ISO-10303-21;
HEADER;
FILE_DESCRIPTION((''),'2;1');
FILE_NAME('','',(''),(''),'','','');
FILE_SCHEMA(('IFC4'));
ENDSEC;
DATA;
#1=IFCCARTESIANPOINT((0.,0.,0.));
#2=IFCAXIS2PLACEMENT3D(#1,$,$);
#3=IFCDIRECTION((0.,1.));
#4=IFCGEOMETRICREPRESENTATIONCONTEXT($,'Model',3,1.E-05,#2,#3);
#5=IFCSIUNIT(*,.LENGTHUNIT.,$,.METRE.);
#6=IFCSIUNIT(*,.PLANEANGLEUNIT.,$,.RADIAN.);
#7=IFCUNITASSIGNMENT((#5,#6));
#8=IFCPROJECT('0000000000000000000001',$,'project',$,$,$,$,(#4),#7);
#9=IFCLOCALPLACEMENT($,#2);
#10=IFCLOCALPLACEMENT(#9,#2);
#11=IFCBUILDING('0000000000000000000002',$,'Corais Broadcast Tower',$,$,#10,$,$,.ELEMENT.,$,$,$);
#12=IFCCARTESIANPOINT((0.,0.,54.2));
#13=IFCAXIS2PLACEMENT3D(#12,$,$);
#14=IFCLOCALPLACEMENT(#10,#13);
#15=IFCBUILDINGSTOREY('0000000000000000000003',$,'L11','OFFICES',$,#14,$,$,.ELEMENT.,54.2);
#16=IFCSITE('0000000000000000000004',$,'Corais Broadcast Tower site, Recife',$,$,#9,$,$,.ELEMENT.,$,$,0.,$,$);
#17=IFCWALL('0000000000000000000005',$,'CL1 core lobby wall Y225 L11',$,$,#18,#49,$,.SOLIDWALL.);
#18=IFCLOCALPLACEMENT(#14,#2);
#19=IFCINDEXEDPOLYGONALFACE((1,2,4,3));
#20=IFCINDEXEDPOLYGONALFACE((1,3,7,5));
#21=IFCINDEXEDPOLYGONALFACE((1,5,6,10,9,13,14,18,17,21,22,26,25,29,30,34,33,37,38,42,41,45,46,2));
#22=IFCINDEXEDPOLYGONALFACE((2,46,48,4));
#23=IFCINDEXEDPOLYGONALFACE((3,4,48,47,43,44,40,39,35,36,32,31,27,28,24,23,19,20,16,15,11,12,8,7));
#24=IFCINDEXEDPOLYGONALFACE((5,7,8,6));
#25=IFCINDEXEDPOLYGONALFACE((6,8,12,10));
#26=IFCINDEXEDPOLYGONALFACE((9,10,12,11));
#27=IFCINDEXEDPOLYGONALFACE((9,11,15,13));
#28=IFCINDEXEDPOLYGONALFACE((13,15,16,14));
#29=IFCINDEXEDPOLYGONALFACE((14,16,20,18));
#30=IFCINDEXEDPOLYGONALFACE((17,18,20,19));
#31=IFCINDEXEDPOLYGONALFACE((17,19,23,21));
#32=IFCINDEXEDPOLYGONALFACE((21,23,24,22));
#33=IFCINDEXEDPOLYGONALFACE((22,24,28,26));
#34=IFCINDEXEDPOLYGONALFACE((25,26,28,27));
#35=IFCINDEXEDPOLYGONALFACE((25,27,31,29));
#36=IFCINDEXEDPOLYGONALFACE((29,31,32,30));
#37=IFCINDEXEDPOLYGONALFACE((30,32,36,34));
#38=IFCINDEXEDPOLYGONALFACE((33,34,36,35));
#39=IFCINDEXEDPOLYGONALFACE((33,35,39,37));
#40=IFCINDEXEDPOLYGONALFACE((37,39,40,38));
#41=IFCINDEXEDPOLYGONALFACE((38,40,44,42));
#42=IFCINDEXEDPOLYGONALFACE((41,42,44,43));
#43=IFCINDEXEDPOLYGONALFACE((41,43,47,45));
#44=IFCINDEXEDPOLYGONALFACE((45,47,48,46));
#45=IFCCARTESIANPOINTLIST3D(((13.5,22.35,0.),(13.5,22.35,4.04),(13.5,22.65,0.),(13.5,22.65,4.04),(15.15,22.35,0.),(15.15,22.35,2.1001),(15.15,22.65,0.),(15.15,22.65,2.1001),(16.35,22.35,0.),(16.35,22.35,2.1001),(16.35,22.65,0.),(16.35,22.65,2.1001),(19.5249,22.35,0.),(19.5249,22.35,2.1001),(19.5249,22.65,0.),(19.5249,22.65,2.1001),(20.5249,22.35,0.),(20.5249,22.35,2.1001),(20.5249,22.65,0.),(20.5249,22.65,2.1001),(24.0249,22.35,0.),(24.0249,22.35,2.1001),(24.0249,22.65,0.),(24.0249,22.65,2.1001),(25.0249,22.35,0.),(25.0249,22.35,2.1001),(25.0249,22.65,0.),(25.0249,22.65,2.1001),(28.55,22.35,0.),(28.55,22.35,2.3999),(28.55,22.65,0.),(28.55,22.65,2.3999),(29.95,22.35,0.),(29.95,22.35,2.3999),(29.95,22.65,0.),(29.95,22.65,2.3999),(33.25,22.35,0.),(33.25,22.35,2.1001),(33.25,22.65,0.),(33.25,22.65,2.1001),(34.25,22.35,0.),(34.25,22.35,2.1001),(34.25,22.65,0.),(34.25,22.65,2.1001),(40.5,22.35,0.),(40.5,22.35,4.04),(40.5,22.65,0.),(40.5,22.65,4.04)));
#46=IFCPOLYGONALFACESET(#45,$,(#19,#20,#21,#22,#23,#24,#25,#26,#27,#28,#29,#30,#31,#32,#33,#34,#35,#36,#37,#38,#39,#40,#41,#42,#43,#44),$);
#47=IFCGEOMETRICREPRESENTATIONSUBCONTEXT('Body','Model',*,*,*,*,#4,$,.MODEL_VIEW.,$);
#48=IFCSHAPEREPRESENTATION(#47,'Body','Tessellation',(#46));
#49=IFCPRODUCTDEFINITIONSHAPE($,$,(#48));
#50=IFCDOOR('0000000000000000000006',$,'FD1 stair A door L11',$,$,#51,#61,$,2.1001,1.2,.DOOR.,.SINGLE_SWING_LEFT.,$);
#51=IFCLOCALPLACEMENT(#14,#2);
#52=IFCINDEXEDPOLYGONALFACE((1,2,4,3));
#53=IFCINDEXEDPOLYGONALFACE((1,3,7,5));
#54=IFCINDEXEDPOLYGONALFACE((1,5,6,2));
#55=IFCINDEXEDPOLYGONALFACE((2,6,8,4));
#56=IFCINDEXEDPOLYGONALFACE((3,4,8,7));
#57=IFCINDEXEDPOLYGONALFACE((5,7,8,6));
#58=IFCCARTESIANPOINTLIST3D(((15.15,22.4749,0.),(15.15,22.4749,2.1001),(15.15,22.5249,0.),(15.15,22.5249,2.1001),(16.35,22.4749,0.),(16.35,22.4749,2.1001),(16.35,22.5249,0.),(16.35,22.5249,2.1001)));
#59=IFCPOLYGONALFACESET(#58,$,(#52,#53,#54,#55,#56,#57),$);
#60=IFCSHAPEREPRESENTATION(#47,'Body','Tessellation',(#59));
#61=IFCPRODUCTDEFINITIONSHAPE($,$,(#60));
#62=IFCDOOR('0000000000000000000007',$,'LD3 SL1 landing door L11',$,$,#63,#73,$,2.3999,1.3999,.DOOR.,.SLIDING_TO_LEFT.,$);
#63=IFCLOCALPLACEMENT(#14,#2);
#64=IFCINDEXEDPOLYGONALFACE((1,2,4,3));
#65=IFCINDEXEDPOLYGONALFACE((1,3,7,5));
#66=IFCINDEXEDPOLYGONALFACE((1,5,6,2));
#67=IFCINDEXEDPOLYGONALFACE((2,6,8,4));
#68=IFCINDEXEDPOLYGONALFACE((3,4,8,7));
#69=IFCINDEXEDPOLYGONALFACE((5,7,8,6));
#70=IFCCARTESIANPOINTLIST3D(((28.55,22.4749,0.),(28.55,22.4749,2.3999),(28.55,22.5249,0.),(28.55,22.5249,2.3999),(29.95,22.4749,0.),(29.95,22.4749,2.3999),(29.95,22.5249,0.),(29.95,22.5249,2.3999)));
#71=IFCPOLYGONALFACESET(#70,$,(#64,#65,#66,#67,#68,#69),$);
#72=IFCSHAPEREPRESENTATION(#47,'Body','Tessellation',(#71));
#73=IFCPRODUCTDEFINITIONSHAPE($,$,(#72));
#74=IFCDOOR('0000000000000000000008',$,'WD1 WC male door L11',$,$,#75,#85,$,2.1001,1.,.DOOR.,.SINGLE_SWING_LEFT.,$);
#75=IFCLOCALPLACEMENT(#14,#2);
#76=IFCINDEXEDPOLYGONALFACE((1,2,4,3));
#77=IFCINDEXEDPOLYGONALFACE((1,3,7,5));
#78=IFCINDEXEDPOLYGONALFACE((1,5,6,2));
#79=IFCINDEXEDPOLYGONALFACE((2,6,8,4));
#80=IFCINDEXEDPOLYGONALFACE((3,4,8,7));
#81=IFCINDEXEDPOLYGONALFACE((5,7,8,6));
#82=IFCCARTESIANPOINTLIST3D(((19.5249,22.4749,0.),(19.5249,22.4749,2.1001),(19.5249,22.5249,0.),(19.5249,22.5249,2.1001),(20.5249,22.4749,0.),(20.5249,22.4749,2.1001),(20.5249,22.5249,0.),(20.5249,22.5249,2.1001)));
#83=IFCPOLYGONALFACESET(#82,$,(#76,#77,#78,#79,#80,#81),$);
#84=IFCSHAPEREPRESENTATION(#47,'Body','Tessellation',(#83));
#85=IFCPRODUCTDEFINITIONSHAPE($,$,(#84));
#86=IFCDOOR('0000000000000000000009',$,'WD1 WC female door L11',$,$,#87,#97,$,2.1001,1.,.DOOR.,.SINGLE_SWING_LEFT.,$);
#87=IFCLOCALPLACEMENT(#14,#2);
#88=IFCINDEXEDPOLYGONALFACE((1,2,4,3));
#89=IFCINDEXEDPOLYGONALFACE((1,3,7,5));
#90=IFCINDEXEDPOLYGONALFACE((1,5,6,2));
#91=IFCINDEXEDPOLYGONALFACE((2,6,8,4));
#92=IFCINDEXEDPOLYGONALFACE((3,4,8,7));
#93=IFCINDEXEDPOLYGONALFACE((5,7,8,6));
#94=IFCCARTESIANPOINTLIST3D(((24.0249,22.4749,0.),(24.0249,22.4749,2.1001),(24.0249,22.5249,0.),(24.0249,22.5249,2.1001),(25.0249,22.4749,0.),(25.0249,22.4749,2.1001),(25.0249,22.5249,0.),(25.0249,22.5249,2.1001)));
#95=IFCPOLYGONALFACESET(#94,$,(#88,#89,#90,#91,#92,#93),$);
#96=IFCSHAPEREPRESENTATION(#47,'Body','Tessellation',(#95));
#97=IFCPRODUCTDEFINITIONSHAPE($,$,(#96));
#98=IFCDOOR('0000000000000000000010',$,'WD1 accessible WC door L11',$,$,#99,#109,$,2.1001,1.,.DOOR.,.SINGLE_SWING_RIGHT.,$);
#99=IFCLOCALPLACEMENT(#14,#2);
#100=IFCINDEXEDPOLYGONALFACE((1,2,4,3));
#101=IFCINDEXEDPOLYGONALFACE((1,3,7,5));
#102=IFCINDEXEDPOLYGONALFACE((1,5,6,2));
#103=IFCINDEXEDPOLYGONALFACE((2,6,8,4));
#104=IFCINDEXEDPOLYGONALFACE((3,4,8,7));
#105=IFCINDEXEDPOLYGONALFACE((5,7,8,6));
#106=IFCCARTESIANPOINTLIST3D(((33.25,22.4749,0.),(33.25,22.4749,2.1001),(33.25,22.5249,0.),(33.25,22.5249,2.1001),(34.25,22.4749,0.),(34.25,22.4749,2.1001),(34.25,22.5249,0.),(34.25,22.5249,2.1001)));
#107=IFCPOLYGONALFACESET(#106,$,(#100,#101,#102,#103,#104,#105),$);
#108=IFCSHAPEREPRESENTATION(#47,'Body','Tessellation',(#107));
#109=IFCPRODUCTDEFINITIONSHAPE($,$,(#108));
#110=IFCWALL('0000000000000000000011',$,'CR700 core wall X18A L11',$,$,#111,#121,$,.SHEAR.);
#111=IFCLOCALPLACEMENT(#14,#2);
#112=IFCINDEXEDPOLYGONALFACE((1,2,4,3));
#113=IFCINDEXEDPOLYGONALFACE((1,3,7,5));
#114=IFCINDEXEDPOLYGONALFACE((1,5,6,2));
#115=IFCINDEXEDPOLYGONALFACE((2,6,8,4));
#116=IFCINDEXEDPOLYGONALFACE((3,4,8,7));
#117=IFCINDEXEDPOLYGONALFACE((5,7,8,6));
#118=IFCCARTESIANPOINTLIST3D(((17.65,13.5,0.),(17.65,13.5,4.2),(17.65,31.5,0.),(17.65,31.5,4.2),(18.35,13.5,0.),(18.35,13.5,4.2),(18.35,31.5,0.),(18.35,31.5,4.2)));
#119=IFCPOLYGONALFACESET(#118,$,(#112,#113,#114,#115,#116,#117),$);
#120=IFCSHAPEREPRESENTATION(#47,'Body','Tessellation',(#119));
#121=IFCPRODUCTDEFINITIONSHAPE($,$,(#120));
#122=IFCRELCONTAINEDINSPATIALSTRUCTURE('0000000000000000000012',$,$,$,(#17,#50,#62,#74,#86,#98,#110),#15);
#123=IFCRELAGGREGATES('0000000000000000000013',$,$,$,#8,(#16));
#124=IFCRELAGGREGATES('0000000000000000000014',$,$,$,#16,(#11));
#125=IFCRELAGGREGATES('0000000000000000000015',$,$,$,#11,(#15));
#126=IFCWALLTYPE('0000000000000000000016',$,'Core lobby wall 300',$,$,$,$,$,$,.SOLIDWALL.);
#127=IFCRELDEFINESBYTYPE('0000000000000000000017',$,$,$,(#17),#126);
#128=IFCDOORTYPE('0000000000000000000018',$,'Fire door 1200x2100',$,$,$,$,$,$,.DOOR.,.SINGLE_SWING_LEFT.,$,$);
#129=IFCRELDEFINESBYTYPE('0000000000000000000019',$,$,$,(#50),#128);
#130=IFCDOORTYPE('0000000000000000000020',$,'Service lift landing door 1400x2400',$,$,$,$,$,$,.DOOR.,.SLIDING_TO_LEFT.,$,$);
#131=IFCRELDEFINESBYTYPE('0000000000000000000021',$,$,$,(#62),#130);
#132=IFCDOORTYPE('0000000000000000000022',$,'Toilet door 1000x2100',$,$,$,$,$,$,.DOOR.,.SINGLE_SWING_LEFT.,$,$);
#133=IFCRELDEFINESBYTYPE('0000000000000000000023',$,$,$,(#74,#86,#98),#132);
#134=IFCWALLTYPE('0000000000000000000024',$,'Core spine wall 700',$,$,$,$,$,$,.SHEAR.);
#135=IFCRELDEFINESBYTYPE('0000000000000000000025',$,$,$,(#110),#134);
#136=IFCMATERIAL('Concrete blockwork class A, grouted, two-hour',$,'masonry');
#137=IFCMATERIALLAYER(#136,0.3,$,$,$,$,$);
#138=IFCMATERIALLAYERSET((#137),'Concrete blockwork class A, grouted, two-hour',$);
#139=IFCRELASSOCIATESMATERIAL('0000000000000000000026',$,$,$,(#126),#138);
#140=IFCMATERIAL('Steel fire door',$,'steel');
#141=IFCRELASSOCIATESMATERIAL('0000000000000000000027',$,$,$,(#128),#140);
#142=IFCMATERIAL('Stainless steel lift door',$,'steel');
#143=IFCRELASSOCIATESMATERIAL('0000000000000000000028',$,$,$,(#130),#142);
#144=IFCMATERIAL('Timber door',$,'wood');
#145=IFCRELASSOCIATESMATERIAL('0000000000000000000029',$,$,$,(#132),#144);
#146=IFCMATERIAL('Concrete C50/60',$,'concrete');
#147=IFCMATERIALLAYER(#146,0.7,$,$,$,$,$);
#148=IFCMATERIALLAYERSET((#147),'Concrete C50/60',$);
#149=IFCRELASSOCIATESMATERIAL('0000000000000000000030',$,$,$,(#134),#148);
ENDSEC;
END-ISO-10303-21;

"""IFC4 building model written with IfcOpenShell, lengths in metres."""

from ifc_helpers import new_model, si_unit, direction, frame, frame_2d, origin, place, context, subcontext, project, spatial, rectangle, extrude, material, layer, layer_set, type_object, element, fill, save


model = new_model("IFC4")

# Units and contexts
model_context = context("Model", 3, precision=1e-05, world=origin(), true_north=direction((0.0, 1.0)))
body_context = subcontext(model_context, "Body", "Model", "MODEL_VIEW")
ifc_project = project(units=[si_unit("LENGTHUNIT", "METRE"), si_unit("PLANEANGLEUNIT", "RADIAN")], contexts=[model_context])

# Site, building, storey
site_placement = place(None, origin())
site = spatial("IfcSite", under=ifc_project, at=site_placement, Name="Corais Broadcast Tower site, Recife", CompositionType="ELEMENT", RefElevation=0.0)
building_placement = place(site_placement, origin())
building = spatial("IfcBuilding", under=site, at=building_placement, Name="Corais Broadcast Tower", CompositionType="ELEMENT")
storey_placement = place(building_placement, frame((0.0, 0.0, 54.2)))
storey = spatial("IfcBuildingStorey", under=building, at=storey_placement, Name="L11", Description="OFFICES", CompositionType="ELEMENT", Elevation=54.2)

# Wall, openings, doors
ifc_material_1 = material(Name="Concrete blockwork class A, grouted, two-hour", Category="masonry")
ifc_layer_1 = layer(ifc_material_1, 0.3)
ifc_layer_set_1 = layer_set([ifc_layer_1], Name="Concrete blockwork class A, grouted, two-hour")
wall_type_1 = type_object("IfcWallType", Name="Core lobby wall 300", PredefinedType="SOLIDWALL", material=ifc_layer_set_1)
wall_1_placement = place(storey_placement, frame((13.5, 22.5, 0.0), z_axis=(0.0, 0.0, 1.0), x_axis=(1.0, 0.0, 0.0)))
wall_1 = element("IfcWall", 1, at=wall_1_placement, inside=storey, type_object=wall_type_1, Name="CL1 core lobby wall Y225 L11", PredefinedType="SOLIDWALL", context=body_context, shape_type="SweptSolid", body=[
    extrude(rectangle(XDim=27.0, YDim=0.3, at=frame_2d((13.5, 0.0))), origin(), (0.0, 0.0, 1.0), 4.04),
])
opening_1_placement = place(wall_1_placement, frame((1.6499, 0.0, 0.0)))
opening_1 = element("IfcOpeningElement", 2, at=opening_1_placement, cuts=wall_1, PredefinedType="OPENING", context=body_context, shape_type="SweptSolid", body=[
    extrude(rectangle(XDim=1.2, YDim=2.1001, at=frame_2d((0.6001, 1.05))), frame((0.0, 0.1599, 0.0), z_axis=(0.0, -1.0, 0.0), x_axis=(1.0, 0.0, 0.0)), (0.0, 0.0, 1.0), 0.3201),
])
opening_2_placement = place(wall_1_placement, frame((6.0249, 0.0, 0.0)))
opening_2 = element("IfcOpeningElement", 3, at=opening_2_placement, cuts=wall_1, PredefinedType="OPENING", context=body_context, shape_type="SweptSolid", body=[
    extrude(rectangle(XDim=1.0, YDim=2.1001, at=frame_2d((0.5, 1.05))), frame((0.0, 0.1599, 0.0), z_axis=(0.0, -1.0, 0.0), x_axis=(1.0, 0.0, 0.0)), (0.0, 0.0, 1.0), 0.3201),
])
opening_3_placement = place(wall_1_placement, frame((10.5249, 0.0, 0.0)))
opening_3 = element("IfcOpeningElement", 4, at=opening_3_placement, cuts=wall_1, PredefinedType="OPENING", context=body_context, shape_type="SweptSolid", body=[
    extrude(rectangle(XDim=1.0, YDim=2.1001, at=frame_2d((0.5, 1.05))), frame((0.0, 0.1599, 0.0), z_axis=(0.0, -1.0, 0.0), x_axis=(1.0, 0.0, 0.0)), (0.0, 0.0, 1.0), 0.3201),
])
opening_4_placement = place(wall_1_placement, frame((19.75, 0.0, 0.0)))
opening_4 = element("IfcOpeningElement", 5, at=opening_4_placement, cuts=wall_1, PredefinedType="OPENING", context=body_context, shape_type="SweptSolid", body=[
    extrude(rectangle(XDim=1.0, YDim=2.1001, at=frame_2d((0.5, 1.05))), frame((0.0, 0.1599, 0.0), z_axis=(0.0, -1.0, 0.0), x_axis=(1.0, 0.0, 0.0)), (0.0, 0.0, 1.0), 0.3201),
])
opening_5_placement = place(wall_1_placement, frame((15.05, 0.0, 0.0)))
opening_5 = element("IfcOpeningElement", 6, at=opening_5_placement, cuts=wall_1, PredefinedType="OPENING", context=body_context, shape_type="SweptSolid", body=[
    extrude(rectangle(XDim=1.3999, YDim=2.3999, at=frame_2d((0.7, 1.2))), frame((0.0, 0.1599, 0.0), z_axis=(0.0, -1.0, 0.0), x_axis=(1.0, 0.0, 0.0)), (0.0, 0.0, 1.0), 0.3201),
])
ifc_material_2 = material(Name="Steel fire door", Category="steel")
door_type_1 = type_object("IfcDoorType", Name="Fire door 1200x2100", OperationType="SINGLE_SWING_LEFT", PredefinedType="DOOR", material=ifc_material_2)
door_1_placement = place(opening_1_placement, origin())
door_1 = element("IfcDoor", 7, at=door_1_placement, inside=storey, type_object=door_type_1, Name="FD1 stair A door L11", OperationType="SINGLE_SWING_LEFT", OverallHeight=2.1001, OverallWidth=1.2, PredefinedType="DOOR", context=body_context, shape_type="SweptSolid", body=[
    extrude(rectangle(XDim=1.2, YDim=2.1001, at=frame_2d((0.6001, 1.05))), frame((0.0, 0.0249, 0.0), z_axis=(0.0, -1.0, 0.0), x_axis=(1.0, 0.0, 0.0)), (0.0, 0.0, 1.0), 0.05),
])
fill(opening_1, door_1)
ifc_material_3 = material(Name="Stainless steel lift door", Category="steel")
door_type_2 = type_object("IfcDoorType", Name="Service lift landing door 1400x2400", OperationType="SLIDING_TO_LEFT", PredefinedType="DOOR", material=ifc_material_3)
door_2_placement = place(opening_5_placement, origin())
door_2 = element("IfcDoor", 8, at=door_2_placement, inside=storey, type_object=door_type_2, Name="LD3 SL1 landing door L11", OperationType="SLIDING_TO_LEFT", OverallHeight=2.3999, OverallWidth=1.3999, PredefinedType="DOOR", context=body_context, shape_type="SweptSolid", body=[
    extrude(rectangle(XDim=1.3999, YDim=2.3999, at=frame_2d((0.7, 1.2))), frame((0.0, 0.0249, 0.0), z_axis=(0.0, -1.0, 0.0), x_axis=(1.0, 0.0, 0.0)), (0.0, 0.0, 1.0), 0.05),
])
fill(opening_5, door_2)
ifc_material_4 = material(Name="Timber door", Category="wood")
door_type_3 = type_object("IfcDoorType", Name="Toilet door 1000x2100", OperationType="SINGLE_SWING_LEFT", PredefinedType="DOOR", material=ifc_material_4)
door_3_placement = place(opening_2_placement, origin())
door_3 = element("IfcDoor", 9, at=door_3_placement, inside=storey, type_object=door_type_3, Name="WD1 WC male door L11", OperationType="SINGLE_SWING_LEFT", OverallHeight=2.1001, OverallWidth=1.0, PredefinedType="DOOR", context=body_context, shape_type="SweptSolid", body=[
    extrude(rectangle(XDim=1.0, YDim=2.1001, at=frame_2d((0.5, 1.05))), frame((0.0, 0.0249, 0.0), z_axis=(0.0, -1.0, 0.0), x_axis=(1.0, 0.0, 0.0)), (0.0, 0.0, 1.0), 0.05),
])
fill(opening_2, door_3)
door_4_placement = place(opening_3_placement, origin())
door_4 = element("IfcDoor", 10, at=door_4_placement, inside=storey, type_object=door_type_3, Name="WD1 WC female door L11", OperationType="SINGLE_SWING_LEFT", OverallHeight=2.1001, OverallWidth=1.0, PredefinedType="DOOR", context=body_context, shape_type="SweptSolid", body=[
    extrude(rectangle(XDim=1.0, YDim=2.1001, at=frame_2d((0.5, 1.05))), frame((0.0, 0.0249, 0.0), z_axis=(0.0, -1.0, 0.0), x_axis=(1.0, 0.0, 0.0)), (0.0, 0.0, 1.0), 0.05),
])
fill(opening_3, door_4)
door_5_placement = place(opening_4_placement, origin())
door_5 = element("IfcDoor", 11, at=door_5_placement, inside=storey, type_object=door_type_3, Name="WD1 accessible WC door L11", OperationType="SINGLE_SWING_RIGHT", OverallHeight=2.1001, OverallWidth=1.0, PredefinedType="DOOR", context=body_context, shape_type="SweptSolid", body=[
    extrude(rectangle(XDim=1.0, YDim=2.1001, at=frame_2d((0.5, 1.05))), frame((0.0, 0.0249, 0.0), z_axis=(0.0, -1.0, 0.0), x_axis=(1.0, 0.0, 0.0)), (0.0, 0.0, 1.0), 0.05),
])
fill(opening_4, door_5)

# Wall
ifc_material_5 = material(Name="Concrete C50/60", Category="concrete")
ifc_layer_2 = layer(ifc_material_5, 0.7)
ifc_layer_set_2 = layer_set([ifc_layer_2], Name="Concrete C50/60")
wall_type_2 = type_object("IfcWallType", Name="Core spine wall 700", PredefinedType="SHEAR", material=ifc_layer_set_2)
wall_2_placement = place(storey_placement, frame((18.0, 13.5, 0.0), z_axis=(0.0, 0.0, 1.0), x_axis=(0.0, 1.0, 0.0)))
element("IfcWall", 12, at=wall_2_placement, inside=storey, type_object=wall_type_2, Name="CR700 core wall X18A L11", PredefinedType="SHEAR", context=body_context, shape_type="SweptSolid", body=[
    extrude(rectangle(XDim=18.0, YDim=0.7, at=frame_2d((9.0, 0.0))), origin(), (0.0, 0.0, 1.0), 4.2),
])

save(model, "model.ifc")
